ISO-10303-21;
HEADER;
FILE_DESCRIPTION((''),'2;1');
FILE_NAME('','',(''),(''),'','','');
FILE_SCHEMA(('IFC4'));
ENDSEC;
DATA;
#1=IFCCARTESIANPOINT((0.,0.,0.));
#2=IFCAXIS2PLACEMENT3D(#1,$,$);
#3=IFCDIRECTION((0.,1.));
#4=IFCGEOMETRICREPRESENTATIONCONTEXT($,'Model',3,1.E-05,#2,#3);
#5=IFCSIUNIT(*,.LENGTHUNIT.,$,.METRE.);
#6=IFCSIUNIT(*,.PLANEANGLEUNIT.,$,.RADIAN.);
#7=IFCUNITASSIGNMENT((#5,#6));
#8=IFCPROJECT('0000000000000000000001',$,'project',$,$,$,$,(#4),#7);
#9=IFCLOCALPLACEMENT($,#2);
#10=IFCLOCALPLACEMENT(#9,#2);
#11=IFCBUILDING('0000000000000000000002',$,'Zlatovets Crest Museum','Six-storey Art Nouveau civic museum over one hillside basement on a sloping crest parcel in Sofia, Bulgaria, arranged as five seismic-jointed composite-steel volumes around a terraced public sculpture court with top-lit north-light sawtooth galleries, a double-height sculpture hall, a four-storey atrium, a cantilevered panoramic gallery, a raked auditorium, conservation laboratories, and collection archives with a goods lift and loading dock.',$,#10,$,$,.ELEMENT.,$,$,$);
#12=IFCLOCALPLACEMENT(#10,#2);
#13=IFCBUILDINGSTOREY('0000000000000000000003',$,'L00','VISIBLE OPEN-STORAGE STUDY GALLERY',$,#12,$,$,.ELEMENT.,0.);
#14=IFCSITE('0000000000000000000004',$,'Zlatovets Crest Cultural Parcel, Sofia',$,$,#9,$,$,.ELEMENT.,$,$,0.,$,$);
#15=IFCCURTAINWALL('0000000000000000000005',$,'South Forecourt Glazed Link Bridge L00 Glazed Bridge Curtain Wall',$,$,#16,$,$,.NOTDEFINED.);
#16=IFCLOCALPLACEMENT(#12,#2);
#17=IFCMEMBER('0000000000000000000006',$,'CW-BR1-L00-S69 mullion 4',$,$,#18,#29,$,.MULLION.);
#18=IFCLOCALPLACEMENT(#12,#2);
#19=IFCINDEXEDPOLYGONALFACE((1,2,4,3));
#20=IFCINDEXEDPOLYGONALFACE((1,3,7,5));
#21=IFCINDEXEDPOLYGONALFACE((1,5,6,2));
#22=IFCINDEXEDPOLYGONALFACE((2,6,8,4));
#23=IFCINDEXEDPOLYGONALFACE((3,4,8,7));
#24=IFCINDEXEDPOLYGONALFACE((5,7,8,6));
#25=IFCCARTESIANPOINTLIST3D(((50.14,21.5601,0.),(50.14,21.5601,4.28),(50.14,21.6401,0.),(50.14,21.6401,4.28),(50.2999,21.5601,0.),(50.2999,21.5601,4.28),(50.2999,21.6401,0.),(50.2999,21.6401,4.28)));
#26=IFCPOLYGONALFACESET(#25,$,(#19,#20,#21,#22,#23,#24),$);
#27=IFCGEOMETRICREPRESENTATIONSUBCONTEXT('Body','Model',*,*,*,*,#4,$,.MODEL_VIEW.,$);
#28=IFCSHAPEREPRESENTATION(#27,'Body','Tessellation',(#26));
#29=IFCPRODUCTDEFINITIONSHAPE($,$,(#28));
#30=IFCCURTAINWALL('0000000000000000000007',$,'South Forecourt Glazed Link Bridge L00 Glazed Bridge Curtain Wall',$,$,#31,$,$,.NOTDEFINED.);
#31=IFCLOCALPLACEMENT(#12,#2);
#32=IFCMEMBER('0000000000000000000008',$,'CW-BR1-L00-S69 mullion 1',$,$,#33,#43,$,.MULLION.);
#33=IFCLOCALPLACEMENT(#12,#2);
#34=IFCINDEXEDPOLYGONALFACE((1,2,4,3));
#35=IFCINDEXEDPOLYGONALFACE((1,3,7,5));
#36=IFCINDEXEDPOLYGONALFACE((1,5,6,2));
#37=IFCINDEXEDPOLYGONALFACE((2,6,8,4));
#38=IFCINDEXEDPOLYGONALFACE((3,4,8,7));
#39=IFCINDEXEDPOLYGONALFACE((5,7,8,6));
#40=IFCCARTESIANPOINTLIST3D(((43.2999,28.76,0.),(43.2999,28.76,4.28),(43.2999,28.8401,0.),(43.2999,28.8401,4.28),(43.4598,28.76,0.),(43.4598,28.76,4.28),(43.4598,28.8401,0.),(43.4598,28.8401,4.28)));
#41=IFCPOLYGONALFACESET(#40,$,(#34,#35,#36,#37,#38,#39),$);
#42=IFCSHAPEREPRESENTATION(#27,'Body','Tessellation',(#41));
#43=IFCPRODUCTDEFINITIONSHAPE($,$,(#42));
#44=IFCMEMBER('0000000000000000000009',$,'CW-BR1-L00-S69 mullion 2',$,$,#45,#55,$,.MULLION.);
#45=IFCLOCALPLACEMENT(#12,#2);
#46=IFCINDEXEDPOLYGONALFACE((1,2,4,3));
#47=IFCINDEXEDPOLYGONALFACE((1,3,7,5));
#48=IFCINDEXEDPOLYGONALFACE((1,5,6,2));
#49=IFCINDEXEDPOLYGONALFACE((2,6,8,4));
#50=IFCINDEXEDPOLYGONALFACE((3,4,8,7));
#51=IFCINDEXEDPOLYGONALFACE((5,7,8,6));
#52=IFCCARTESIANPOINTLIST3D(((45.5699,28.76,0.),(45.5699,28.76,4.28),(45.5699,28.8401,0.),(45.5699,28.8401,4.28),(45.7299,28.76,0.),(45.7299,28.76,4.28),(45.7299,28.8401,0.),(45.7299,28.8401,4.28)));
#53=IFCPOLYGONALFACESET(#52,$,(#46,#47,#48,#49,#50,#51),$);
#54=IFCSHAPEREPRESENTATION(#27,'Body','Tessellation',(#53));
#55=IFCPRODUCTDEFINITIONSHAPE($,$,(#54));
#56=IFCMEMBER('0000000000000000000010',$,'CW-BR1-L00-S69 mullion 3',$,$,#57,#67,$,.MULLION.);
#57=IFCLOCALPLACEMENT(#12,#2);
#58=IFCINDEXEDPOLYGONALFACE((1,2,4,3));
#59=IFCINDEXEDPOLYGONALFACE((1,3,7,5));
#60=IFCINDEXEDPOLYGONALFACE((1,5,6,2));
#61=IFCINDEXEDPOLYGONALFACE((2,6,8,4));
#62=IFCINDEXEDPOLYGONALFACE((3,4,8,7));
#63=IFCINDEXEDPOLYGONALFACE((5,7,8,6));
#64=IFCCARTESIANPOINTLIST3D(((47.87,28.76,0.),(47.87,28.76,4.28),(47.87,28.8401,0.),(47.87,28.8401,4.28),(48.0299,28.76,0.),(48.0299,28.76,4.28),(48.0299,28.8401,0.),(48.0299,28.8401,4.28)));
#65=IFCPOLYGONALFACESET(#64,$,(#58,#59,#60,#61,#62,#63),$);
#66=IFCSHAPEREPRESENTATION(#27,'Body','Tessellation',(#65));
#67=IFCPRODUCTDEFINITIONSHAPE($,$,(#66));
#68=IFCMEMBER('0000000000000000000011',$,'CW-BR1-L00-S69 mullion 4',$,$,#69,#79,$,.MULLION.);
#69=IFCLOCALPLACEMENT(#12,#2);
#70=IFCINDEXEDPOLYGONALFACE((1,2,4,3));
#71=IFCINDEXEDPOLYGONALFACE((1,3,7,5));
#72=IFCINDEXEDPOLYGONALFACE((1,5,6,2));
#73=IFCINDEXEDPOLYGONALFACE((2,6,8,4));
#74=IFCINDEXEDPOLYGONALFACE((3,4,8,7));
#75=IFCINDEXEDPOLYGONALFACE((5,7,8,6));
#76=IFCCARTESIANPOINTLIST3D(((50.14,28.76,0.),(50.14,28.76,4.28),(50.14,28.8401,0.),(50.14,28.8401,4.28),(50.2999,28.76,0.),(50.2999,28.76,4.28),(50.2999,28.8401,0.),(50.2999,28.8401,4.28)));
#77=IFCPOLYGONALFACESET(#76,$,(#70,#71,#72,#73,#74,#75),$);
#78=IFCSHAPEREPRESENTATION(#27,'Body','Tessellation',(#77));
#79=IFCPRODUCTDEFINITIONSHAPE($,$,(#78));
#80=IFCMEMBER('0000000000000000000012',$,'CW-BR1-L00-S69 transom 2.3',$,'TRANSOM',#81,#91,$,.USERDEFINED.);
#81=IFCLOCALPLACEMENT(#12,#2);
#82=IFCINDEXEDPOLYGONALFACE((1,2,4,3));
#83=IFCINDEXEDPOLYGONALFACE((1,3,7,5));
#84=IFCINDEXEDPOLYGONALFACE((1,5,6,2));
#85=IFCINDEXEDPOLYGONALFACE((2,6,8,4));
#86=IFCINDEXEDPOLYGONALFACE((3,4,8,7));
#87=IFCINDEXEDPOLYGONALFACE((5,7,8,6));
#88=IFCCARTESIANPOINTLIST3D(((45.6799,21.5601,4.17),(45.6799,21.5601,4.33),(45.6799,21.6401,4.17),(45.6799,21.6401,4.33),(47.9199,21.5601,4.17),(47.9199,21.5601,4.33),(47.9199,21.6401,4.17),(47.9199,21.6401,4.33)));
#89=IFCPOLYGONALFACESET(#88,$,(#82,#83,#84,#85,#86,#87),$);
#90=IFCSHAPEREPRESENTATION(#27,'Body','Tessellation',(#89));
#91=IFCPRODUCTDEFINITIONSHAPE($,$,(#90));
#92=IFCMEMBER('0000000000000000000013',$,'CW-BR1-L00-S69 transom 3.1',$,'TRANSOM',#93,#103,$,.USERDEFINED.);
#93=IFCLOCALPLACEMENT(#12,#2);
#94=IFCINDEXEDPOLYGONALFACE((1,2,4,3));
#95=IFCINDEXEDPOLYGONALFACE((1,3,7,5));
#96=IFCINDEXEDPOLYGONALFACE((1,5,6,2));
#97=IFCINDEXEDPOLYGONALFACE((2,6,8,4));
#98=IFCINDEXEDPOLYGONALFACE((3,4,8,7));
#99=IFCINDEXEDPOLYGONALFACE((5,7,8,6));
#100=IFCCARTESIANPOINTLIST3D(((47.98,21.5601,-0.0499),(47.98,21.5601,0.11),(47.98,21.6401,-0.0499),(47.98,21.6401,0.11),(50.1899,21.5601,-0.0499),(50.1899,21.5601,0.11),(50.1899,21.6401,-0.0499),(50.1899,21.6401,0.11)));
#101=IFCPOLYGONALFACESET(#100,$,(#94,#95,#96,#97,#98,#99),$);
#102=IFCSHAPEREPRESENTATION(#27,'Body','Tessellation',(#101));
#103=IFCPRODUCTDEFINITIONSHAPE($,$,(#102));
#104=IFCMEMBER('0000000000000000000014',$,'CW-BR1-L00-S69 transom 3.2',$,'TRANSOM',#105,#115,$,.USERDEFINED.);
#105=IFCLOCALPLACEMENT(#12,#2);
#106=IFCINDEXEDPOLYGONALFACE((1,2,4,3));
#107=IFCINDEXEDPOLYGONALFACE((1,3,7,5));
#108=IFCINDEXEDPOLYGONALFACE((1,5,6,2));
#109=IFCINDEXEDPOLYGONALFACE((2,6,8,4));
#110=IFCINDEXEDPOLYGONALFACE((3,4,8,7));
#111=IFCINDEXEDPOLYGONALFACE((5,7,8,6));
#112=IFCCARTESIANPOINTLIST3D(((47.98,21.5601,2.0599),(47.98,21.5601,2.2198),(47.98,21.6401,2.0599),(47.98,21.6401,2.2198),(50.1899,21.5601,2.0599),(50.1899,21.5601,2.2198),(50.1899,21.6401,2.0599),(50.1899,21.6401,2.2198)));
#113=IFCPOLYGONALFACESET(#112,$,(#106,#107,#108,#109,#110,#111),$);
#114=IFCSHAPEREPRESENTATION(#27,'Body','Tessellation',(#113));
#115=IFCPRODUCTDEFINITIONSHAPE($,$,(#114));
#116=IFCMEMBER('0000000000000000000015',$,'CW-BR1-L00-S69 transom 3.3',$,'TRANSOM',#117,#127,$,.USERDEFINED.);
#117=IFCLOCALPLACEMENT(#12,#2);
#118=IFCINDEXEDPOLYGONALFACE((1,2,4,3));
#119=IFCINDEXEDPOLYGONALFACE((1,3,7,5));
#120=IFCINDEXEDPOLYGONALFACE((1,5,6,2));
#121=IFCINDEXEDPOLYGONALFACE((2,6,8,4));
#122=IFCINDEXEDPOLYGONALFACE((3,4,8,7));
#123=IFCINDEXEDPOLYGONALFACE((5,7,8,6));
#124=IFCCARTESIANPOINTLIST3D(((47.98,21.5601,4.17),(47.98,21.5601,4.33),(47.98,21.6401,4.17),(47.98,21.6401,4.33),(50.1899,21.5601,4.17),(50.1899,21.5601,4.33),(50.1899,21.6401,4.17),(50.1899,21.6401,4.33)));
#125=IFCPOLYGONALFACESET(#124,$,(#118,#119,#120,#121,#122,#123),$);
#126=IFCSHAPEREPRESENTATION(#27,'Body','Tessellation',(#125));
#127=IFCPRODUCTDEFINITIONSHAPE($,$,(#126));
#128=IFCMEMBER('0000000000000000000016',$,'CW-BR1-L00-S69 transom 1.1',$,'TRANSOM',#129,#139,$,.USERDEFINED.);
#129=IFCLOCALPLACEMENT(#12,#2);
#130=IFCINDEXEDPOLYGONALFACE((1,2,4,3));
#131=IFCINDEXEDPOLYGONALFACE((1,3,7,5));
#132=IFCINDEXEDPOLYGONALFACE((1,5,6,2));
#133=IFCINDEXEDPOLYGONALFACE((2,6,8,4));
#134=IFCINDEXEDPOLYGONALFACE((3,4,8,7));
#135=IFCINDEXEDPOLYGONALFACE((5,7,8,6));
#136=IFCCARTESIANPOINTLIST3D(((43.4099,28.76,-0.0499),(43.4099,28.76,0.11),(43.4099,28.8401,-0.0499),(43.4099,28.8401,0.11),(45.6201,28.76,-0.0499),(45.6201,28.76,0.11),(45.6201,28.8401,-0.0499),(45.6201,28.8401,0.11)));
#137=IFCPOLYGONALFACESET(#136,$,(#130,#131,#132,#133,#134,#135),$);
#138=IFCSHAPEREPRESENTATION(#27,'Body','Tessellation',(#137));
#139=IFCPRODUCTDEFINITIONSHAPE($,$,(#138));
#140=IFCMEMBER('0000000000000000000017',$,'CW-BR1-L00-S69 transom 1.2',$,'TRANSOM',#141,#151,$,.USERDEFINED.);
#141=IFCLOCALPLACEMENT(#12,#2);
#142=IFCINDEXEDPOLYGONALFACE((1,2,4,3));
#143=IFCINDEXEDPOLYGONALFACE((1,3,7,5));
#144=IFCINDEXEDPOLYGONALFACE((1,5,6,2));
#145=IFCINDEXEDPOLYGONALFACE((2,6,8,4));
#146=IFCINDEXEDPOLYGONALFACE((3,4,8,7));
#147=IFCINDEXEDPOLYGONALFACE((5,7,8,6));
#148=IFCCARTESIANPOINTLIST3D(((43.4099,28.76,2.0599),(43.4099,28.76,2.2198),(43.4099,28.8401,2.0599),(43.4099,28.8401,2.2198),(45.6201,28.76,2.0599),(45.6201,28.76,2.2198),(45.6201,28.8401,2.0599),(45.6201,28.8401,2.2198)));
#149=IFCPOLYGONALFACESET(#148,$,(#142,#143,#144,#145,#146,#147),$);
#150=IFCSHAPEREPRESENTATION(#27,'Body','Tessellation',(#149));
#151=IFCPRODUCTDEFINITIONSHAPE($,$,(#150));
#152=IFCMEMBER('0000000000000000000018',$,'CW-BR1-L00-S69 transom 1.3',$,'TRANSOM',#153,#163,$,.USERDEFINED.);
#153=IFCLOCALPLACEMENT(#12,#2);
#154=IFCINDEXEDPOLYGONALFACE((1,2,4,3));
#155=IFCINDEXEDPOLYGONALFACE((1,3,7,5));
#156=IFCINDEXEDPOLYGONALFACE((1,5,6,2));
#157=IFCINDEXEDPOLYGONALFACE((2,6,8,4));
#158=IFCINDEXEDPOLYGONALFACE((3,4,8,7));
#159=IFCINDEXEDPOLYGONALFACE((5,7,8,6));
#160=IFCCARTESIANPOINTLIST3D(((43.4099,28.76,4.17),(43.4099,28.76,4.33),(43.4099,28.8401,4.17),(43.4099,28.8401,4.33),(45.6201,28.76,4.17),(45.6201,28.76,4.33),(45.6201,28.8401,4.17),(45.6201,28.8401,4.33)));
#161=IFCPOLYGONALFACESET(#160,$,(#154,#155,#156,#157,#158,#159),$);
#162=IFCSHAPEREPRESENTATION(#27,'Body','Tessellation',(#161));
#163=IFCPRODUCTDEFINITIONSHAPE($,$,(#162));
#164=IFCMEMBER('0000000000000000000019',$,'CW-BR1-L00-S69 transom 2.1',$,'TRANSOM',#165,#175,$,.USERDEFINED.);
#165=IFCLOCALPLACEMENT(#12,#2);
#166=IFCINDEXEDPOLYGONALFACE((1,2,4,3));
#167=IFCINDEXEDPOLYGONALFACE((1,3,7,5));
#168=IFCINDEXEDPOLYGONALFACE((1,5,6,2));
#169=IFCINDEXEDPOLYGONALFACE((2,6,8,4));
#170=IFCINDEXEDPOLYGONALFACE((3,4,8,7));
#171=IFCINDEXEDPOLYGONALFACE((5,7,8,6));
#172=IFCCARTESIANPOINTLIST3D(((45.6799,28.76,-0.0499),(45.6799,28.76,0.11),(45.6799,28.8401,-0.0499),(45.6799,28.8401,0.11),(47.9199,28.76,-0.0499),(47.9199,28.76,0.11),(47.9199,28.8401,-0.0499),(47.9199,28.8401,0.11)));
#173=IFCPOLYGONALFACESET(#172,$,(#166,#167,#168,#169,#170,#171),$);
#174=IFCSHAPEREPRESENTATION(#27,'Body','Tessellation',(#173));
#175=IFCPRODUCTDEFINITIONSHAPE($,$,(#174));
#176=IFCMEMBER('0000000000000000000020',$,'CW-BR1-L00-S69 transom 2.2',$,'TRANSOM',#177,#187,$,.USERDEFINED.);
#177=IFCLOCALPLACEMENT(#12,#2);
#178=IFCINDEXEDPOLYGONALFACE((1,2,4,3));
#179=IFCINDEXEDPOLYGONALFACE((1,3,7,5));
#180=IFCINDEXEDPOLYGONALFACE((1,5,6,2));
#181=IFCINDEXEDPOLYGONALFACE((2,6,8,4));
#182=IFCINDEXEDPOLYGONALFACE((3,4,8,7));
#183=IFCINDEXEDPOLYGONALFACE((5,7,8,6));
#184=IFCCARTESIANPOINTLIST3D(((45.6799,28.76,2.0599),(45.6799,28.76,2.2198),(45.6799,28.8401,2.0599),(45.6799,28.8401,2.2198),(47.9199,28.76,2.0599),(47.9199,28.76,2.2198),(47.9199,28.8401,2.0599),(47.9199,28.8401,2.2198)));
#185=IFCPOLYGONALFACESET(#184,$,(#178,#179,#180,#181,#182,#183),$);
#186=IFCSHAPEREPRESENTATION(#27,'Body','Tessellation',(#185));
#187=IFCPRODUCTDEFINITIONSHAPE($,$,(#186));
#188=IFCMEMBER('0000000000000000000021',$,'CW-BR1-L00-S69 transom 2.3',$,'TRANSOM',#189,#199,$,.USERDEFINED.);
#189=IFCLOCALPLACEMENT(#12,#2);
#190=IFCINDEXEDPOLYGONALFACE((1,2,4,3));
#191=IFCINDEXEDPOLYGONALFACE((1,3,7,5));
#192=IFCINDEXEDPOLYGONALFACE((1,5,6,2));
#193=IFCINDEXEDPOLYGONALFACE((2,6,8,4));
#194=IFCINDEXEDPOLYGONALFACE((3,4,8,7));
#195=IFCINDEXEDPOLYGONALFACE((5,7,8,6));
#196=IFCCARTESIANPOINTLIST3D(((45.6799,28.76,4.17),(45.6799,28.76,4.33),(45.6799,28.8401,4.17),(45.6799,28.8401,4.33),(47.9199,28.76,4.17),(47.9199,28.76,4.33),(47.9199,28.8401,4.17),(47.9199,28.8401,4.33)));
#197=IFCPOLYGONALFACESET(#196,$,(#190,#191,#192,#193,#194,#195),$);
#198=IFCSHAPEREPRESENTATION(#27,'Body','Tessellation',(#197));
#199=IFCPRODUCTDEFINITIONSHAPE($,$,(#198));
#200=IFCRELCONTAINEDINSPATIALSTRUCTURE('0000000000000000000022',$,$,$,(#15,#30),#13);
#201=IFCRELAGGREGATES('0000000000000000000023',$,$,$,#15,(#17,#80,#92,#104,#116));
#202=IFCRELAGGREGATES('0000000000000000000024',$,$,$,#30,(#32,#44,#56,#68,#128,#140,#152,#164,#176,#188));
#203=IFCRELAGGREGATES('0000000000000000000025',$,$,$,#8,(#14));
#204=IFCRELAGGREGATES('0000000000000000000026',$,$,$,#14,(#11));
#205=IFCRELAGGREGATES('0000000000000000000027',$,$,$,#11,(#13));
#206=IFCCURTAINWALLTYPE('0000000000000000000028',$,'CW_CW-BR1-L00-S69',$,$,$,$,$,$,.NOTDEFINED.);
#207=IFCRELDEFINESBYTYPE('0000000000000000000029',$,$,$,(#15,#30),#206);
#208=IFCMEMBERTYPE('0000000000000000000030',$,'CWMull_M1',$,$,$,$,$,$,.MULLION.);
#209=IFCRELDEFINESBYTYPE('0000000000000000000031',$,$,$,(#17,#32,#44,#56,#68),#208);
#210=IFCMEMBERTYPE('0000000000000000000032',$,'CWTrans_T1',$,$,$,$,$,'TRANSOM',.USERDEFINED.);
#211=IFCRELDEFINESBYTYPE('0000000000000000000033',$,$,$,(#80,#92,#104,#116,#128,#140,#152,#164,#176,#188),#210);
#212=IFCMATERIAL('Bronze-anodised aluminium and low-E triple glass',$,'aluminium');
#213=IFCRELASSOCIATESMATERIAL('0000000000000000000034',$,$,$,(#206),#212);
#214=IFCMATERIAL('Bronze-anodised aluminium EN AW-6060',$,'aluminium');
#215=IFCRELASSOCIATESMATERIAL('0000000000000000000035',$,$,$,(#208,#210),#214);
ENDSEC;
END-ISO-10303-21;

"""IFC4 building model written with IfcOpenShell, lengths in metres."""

from ifc_helpers import new_model, si_unit, direction, frame, origin, origin_2d, place, context, subcontext, project, spatial, rectangle, extrude, material, material_profile, profile_set, type_object, element, aggregate, save


model = new_model("IFC4")

# Units and contexts
model_context = context("Model", 3, precision=1e-05, world=origin(), true_north=direction((0.0, 1.0)))
body_context = subcontext(model_context, "Body", "Model", "MODEL_VIEW")
ifc_project = project(units=[si_unit("LENGTHUNIT", "METRE"), si_unit("PLANEANGLEUNIT", "RADIAN")], contexts=[model_context])

# Site, building, storey
site_placement = place(None, origin())
site = spatial("IfcSite", under=ifc_project, at=site_placement, Name="Zlatovets Crest Cultural Parcel, Sofia", CompositionType="ELEMENT", RefElevation=0.0)
building_placement = place(site_placement, origin())
building = spatial("IfcBuilding", under=site, at=building_placement, Name="Zlatovets Crest Museum", Description="Six-storey Art Nouveau civic museum over one hillside basement on a sloping crest parcel in Sofia, Bulgaria, arranged as five seismic-jointed composite-steel volumes around a terraced public sculpture court with top-lit north-light sawtooth galleries, a double-height sculpture hall, a four-storey atrium, a cantilevered panoramic gallery, a raked auditorium, conservation laboratories, and collection archives with a goods lift and loading dock.", CompositionType="ELEMENT")
storey_placement = place(building_placement, origin())
storey = spatial("IfcBuildingStorey", under=building, at=storey_placement, Name="L00", Description="VISIBLE OPEN-STORAGE STUDY GALLERY", CompositionType="ELEMENT", Elevation=0.0)

# Curtain walls, members
ifc_material_1 = material(Name="Bronze-anodised aluminium and low-E triple glass", Category="aluminium")
curtain_wall_type = type_object("IfcCurtainWallType", Name="CW_CW-BR1-L00-S69", PredefinedType="NOTDEFINED", material=ifc_material_1)
curtain_wall_1_placement = place(storey_placement, origin())
curtain_wall_1 = element("IfcCurtainWall", 1, at=curtain_wall_1_placement, inside=storey, type_object=curtain_wall_type, Name="South Forecourt Glazed Link Bridge L00 Glazed Bridge Curtain Wall", PredefinedType="NOTDEFINED")
ifc_material_2 = material(Name="Bronze-anodised aluminium EN AW-6060", Category="aluminium")
ifc_material_profile_1 = material_profile(ifc_material_2, rectangle(XDim=0.0801, YDim=0.1599, at=origin_2d()), Name="ALU 80x160")
ifc_profile_set_1 = profile_set([ifc_material_profile_1], Name="Bronze-anodised aluminium EN AW-6060")
member_type_1 = type_object("IfcMemberType", Name="CWMull_M1", PredefinedType="MULLION", material=ifc_profile_set_1)
member_1_placement = place(storey_placement, frame((50.22, 21.6001, 0.0), z_axis=(0.0, 0.0, 1.0), x_axis=(0.0, 1.0, 0.0)))
member_1 = element("IfcMember", 2, at=member_1_placement, type_object=member_type_1, Name="CW-BR1-L00-S69 mullion 4", PredefinedType="MULLION", context=body_context, shape_type="SweptSolid", body=[
    extrude(rectangle(XDim=0.0801, YDim=0.1599, at=origin_2d()), origin(), (0.0, 0.0, 1.0), 4.28),
])
curtain_wall_2_placement = place(storey_placement, origin())
curtain_wall_2 = element("IfcCurtainWall", 3, at=curtain_wall_2_placement, inside=storey, type_object=curtain_wall_type, Name="South Forecourt Glazed Link Bridge L00 Glazed Bridge Curtain Wall", PredefinedType="NOTDEFINED")
member_2_placement = place(storey_placement, frame((43.3799, 28.8, 0.0), z_axis=(0.0, 0.0, 1.0), x_axis=(0.0, 1.0, 0.0)))
member_2 = element("IfcMember", 4, at=member_2_placement, type_object=member_type_1, Name="CW-BR1-L00-S69 mullion 1", PredefinedType="MULLION", context=body_context, shape_type="SweptSolid", body=[
    extrude(rectangle(XDim=0.0801, YDim=0.1599, at=origin_2d()), origin(), (0.0, 0.0, 1.0), 4.28),
])
member_3_placement = place(storey_placement, frame((45.6499, 28.8, 0.0), z_axis=(0.0, 0.0, 1.0), x_axis=(0.0, 1.0, 0.0)))
member_3 = element("IfcMember", 5, at=member_3_placement, type_object=member_type_1, Name="CW-BR1-L00-S69 mullion 2", PredefinedType="MULLION", context=body_context, shape_type="SweptSolid", body=[
    extrude(rectangle(XDim=0.0801, YDim=0.1599, at=origin_2d()), origin(), (0.0, 0.0, 1.0), 4.28),
])
member_4_placement = place(storey_placement, frame((47.95, 28.8, 0.0), z_axis=(0.0, 0.0, 1.0), x_axis=(0.0, 1.0, 0.0)))
member_4 = element("IfcMember", 6, at=member_4_placement, type_object=member_type_1, Name="CW-BR1-L00-S69 mullion 3", PredefinedType="MULLION", context=body_context, shape_type="SweptSolid", body=[
    extrude(rectangle(XDim=0.0801, YDim=0.1599, at=origin_2d()), origin(), (0.0, 0.0, 1.0), 4.28),
])
member_5_placement = place(storey_placement, frame((50.22, 28.8, 0.0), z_axis=(0.0, 0.0, 1.0), x_axis=(0.0, 1.0, 0.0)))
member_5 = element("IfcMember", 7, at=member_5_placement, type_object=member_type_1, Name="CW-BR1-L00-S69 mullion 4", PredefinedType="MULLION", context=body_context, shape_type="SweptSolid", body=[
    extrude(rectangle(XDim=0.0801, YDim=0.1599, at=origin_2d()), origin(), (0.0, 0.0, 1.0), 4.28),
])

# Members
ifc_material_profile_2 = material_profile(ifc_material_2, rectangle(XDim=0.0801, YDim=0.1599, at=origin_2d()), Name="ALU 80x160")
ifc_profile_set_2 = profile_set([ifc_material_profile_2], Name="Bronze-anodised aluminium EN AW-6060")
member_type_2 = type_object("IfcMemberType", Name="CWTrans_T1", ElementType="TRANSOM", PredefinedType="USERDEFINED", material=ifc_profile_set_2)
member_6_placement = place(storey_placement, frame((45.6799, 21.6001, 4.25), z_axis=(1.0, 0.0, 0.0), x_axis=(0.0, 1.0, 0.0)))
member_6 = element("IfcMember", 8, at=member_6_placement, type_object=member_type_2, Name="CW-BR1-L00-S69 transom 2.3", ObjectType="TRANSOM", PredefinedType="USERDEFINED", context=body_context, shape_type="SweptSolid", body=[
    extrude(rectangle(XDim=0.0801, YDim=0.1599, at=origin_2d()), origin(), (0.0, 0.0, 1.0), 2.24),
])
member_7_placement = place(storey_placement, frame((47.98, 21.6001, 0.03), z_axis=(1.0, 0.0, 0.0), x_axis=(0.0, 1.0, 0.0)))
member_7 = element("IfcMember", 9, at=member_7_placement, type_object=member_type_2, Name="CW-BR1-L00-S69 transom 3.1", ObjectType="TRANSOM", PredefinedType="USERDEFINED", context=body_context, shape_type="SweptSolid", body=[
    extrude(rectangle(XDim=0.0801, YDim=0.1599, at=origin_2d()), origin(), (0.0, 0.0, 1.0), 2.21),
])
member_8_placement = place(storey_placement, frame((47.98, 21.6001, 2.1399), z_axis=(1.0, 0.0, 0.0), x_axis=(0.0, 1.0, 0.0)))
member_8 = element("IfcMember", 10, at=member_8_placement, type_object=member_type_2, Name="CW-BR1-L00-S69 transom 3.2", ObjectType="TRANSOM", PredefinedType="USERDEFINED", context=body_context, shape_type="SweptSolid", body=[
    extrude(rectangle(XDim=0.0801, YDim=0.1599, at=origin_2d()), origin(), (0.0, 0.0, 1.0), 2.21),
])
member_9_placement = place(storey_placement, frame((47.98, 21.6001, 4.25), z_axis=(1.0, 0.0, 0.0), x_axis=(0.0, 1.0, 0.0)))
member_9 = element("IfcMember", 11, at=member_9_placement, type_object=member_type_2, Name="CW-BR1-L00-S69 transom 3.3", ObjectType="TRANSOM", PredefinedType="USERDEFINED", context=body_context, shape_type="SweptSolid", body=[
    extrude(rectangle(XDim=0.0801, YDim=0.1599, at=origin_2d()), origin(), (0.0, 0.0, 1.0), 2.21),
])
member_10_placement = place(storey_placement, frame((43.4099, 28.8, 0.03), z_axis=(1.0, 0.0, 0.0), x_axis=(0.0, 1.0, 0.0)))
member_10 = element("IfcMember", 12, at=member_10_placement, type_object=member_type_2, Name="CW-BR1-L00-S69 transom 1.1", ObjectType="TRANSOM", PredefinedType="USERDEFINED", context=body_context, shape_type="SweptSolid", body=[
    extrude(rectangle(XDim=0.0801, YDim=0.1599, at=origin_2d()), origin(), (0.0, 0.0, 1.0), 2.2102),
])
member_11_placement = place(storey_placement, frame((43.4099, 28.8, 2.1399), z_axis=(1.0, 0.0, 0.0), x_axis=(0.0, 1.0, 0.0)))
member_11 = element("IfcMember", 13, at=member_11_placement, type_object=member_type_2, Name="CW-BR1-L00-S69 transom 1.2", ObjectType="TRANSOM", PredefinedType="USERDEFINED", context=body_context, shape_type="SweptSolid", body=[
    extrude(rectangle(XDim=0.0801, YDim=0.1599, at=origin_2d()), origin(), (0.0, 0.0, 1.0), 2.2102),
])
member_12_placement = place(storey_placement, frame((43.4099, 28.8, 4.25), z_axis=(1.0, 0.0, 0.0), x_axis=(0.0, 1.0, 0.0)))
member_12 = element("IfcMember", 14, at=member_12_placement, type_object=member_type_2, Name="CW-BR1-L00-S69 transom 1.3", ObjectType="TRANSOM", PredefinedType="USERDEFINED", context=body_context, shape_type="SweptSolid", body=[
    extrude(rectangle(XDim=0.0801, YDim=0.1599, at=origin_2d()), origin(), (0.0, 0.0, 1.0), 2.2102),
])
member_13_placement = place(storey_placement, frame((45.6799, 28.8, 0.03), z_axis=(1.0, 0.0, 0.0), x_axis=(0.0, 1.0, 0.0)))
member_13 = element("IfcMember", 15, at=member_13_placement, type_object=member_type_2, Name="CW-BR1-L00-S69 transom 2.1", ObjectType="TRANSOM", PredefinedType="USERDEFINED", context=body_context, shape_type="SweptSolid", body=[
    extrude(rectangle(XDim=0.0801, YDim=0.1599, at=origin_2d()), origin(), (0.0, 0.0, 1.0), 2.24),
])
member_14_placement = place(storey_placement, frame((45.6799, 28.8, 2.1399), z_axis=(1.0, 0.0, 0.0), x_axis=(0.0, 1.0, 0.0)))
member_14 = element("IfcMember", 16, at=member_14_placement, type_object=member_type_2, Name="CW-BR1-L00-S69 transom 2.2", ObjectType="TRANSOM", PredefinedType="USERDEFINED", context=body_context, shape_type="SweptSolid", body=[
    extrude(rectangle(XDim=0.0801, YDim=0.1599, at=origin_2d()), origin(), (0.0, 0.0, 1.0), 2.24),
])
member_15_placement = place(storey_placement, frame((45.6799, 28.8, 4.25), z_axis=(1.0, 0.0, 0.0), x_axis=(0.0, 1.0, 0.0)))
member_15 = element("IfcMember", 17, at=member_15_placement, type_object=member_type_2, Name="CW-BR1-L00-S69 transom 2.3", ObjectType="TRANSOM", PredefinedType="USERDEFINED", context=body_context, shape_type="SweptSolid", body=[
    extrude(rectangle(XDim=0.0801, YDim=0.1599, at=origin_2d()), origin(), (0.0, 0.0, 1.0), 2.24),
])

aggregate(curtain_wall_1, [member_1, member_6, member_7, member_8, member_9])
aggregate(curtain_wall_2, [member_2, member_3, member_4, member_5, member_10, member_11, member_12, member_13, member_14, member_15])

save(model, "model.ifc")
